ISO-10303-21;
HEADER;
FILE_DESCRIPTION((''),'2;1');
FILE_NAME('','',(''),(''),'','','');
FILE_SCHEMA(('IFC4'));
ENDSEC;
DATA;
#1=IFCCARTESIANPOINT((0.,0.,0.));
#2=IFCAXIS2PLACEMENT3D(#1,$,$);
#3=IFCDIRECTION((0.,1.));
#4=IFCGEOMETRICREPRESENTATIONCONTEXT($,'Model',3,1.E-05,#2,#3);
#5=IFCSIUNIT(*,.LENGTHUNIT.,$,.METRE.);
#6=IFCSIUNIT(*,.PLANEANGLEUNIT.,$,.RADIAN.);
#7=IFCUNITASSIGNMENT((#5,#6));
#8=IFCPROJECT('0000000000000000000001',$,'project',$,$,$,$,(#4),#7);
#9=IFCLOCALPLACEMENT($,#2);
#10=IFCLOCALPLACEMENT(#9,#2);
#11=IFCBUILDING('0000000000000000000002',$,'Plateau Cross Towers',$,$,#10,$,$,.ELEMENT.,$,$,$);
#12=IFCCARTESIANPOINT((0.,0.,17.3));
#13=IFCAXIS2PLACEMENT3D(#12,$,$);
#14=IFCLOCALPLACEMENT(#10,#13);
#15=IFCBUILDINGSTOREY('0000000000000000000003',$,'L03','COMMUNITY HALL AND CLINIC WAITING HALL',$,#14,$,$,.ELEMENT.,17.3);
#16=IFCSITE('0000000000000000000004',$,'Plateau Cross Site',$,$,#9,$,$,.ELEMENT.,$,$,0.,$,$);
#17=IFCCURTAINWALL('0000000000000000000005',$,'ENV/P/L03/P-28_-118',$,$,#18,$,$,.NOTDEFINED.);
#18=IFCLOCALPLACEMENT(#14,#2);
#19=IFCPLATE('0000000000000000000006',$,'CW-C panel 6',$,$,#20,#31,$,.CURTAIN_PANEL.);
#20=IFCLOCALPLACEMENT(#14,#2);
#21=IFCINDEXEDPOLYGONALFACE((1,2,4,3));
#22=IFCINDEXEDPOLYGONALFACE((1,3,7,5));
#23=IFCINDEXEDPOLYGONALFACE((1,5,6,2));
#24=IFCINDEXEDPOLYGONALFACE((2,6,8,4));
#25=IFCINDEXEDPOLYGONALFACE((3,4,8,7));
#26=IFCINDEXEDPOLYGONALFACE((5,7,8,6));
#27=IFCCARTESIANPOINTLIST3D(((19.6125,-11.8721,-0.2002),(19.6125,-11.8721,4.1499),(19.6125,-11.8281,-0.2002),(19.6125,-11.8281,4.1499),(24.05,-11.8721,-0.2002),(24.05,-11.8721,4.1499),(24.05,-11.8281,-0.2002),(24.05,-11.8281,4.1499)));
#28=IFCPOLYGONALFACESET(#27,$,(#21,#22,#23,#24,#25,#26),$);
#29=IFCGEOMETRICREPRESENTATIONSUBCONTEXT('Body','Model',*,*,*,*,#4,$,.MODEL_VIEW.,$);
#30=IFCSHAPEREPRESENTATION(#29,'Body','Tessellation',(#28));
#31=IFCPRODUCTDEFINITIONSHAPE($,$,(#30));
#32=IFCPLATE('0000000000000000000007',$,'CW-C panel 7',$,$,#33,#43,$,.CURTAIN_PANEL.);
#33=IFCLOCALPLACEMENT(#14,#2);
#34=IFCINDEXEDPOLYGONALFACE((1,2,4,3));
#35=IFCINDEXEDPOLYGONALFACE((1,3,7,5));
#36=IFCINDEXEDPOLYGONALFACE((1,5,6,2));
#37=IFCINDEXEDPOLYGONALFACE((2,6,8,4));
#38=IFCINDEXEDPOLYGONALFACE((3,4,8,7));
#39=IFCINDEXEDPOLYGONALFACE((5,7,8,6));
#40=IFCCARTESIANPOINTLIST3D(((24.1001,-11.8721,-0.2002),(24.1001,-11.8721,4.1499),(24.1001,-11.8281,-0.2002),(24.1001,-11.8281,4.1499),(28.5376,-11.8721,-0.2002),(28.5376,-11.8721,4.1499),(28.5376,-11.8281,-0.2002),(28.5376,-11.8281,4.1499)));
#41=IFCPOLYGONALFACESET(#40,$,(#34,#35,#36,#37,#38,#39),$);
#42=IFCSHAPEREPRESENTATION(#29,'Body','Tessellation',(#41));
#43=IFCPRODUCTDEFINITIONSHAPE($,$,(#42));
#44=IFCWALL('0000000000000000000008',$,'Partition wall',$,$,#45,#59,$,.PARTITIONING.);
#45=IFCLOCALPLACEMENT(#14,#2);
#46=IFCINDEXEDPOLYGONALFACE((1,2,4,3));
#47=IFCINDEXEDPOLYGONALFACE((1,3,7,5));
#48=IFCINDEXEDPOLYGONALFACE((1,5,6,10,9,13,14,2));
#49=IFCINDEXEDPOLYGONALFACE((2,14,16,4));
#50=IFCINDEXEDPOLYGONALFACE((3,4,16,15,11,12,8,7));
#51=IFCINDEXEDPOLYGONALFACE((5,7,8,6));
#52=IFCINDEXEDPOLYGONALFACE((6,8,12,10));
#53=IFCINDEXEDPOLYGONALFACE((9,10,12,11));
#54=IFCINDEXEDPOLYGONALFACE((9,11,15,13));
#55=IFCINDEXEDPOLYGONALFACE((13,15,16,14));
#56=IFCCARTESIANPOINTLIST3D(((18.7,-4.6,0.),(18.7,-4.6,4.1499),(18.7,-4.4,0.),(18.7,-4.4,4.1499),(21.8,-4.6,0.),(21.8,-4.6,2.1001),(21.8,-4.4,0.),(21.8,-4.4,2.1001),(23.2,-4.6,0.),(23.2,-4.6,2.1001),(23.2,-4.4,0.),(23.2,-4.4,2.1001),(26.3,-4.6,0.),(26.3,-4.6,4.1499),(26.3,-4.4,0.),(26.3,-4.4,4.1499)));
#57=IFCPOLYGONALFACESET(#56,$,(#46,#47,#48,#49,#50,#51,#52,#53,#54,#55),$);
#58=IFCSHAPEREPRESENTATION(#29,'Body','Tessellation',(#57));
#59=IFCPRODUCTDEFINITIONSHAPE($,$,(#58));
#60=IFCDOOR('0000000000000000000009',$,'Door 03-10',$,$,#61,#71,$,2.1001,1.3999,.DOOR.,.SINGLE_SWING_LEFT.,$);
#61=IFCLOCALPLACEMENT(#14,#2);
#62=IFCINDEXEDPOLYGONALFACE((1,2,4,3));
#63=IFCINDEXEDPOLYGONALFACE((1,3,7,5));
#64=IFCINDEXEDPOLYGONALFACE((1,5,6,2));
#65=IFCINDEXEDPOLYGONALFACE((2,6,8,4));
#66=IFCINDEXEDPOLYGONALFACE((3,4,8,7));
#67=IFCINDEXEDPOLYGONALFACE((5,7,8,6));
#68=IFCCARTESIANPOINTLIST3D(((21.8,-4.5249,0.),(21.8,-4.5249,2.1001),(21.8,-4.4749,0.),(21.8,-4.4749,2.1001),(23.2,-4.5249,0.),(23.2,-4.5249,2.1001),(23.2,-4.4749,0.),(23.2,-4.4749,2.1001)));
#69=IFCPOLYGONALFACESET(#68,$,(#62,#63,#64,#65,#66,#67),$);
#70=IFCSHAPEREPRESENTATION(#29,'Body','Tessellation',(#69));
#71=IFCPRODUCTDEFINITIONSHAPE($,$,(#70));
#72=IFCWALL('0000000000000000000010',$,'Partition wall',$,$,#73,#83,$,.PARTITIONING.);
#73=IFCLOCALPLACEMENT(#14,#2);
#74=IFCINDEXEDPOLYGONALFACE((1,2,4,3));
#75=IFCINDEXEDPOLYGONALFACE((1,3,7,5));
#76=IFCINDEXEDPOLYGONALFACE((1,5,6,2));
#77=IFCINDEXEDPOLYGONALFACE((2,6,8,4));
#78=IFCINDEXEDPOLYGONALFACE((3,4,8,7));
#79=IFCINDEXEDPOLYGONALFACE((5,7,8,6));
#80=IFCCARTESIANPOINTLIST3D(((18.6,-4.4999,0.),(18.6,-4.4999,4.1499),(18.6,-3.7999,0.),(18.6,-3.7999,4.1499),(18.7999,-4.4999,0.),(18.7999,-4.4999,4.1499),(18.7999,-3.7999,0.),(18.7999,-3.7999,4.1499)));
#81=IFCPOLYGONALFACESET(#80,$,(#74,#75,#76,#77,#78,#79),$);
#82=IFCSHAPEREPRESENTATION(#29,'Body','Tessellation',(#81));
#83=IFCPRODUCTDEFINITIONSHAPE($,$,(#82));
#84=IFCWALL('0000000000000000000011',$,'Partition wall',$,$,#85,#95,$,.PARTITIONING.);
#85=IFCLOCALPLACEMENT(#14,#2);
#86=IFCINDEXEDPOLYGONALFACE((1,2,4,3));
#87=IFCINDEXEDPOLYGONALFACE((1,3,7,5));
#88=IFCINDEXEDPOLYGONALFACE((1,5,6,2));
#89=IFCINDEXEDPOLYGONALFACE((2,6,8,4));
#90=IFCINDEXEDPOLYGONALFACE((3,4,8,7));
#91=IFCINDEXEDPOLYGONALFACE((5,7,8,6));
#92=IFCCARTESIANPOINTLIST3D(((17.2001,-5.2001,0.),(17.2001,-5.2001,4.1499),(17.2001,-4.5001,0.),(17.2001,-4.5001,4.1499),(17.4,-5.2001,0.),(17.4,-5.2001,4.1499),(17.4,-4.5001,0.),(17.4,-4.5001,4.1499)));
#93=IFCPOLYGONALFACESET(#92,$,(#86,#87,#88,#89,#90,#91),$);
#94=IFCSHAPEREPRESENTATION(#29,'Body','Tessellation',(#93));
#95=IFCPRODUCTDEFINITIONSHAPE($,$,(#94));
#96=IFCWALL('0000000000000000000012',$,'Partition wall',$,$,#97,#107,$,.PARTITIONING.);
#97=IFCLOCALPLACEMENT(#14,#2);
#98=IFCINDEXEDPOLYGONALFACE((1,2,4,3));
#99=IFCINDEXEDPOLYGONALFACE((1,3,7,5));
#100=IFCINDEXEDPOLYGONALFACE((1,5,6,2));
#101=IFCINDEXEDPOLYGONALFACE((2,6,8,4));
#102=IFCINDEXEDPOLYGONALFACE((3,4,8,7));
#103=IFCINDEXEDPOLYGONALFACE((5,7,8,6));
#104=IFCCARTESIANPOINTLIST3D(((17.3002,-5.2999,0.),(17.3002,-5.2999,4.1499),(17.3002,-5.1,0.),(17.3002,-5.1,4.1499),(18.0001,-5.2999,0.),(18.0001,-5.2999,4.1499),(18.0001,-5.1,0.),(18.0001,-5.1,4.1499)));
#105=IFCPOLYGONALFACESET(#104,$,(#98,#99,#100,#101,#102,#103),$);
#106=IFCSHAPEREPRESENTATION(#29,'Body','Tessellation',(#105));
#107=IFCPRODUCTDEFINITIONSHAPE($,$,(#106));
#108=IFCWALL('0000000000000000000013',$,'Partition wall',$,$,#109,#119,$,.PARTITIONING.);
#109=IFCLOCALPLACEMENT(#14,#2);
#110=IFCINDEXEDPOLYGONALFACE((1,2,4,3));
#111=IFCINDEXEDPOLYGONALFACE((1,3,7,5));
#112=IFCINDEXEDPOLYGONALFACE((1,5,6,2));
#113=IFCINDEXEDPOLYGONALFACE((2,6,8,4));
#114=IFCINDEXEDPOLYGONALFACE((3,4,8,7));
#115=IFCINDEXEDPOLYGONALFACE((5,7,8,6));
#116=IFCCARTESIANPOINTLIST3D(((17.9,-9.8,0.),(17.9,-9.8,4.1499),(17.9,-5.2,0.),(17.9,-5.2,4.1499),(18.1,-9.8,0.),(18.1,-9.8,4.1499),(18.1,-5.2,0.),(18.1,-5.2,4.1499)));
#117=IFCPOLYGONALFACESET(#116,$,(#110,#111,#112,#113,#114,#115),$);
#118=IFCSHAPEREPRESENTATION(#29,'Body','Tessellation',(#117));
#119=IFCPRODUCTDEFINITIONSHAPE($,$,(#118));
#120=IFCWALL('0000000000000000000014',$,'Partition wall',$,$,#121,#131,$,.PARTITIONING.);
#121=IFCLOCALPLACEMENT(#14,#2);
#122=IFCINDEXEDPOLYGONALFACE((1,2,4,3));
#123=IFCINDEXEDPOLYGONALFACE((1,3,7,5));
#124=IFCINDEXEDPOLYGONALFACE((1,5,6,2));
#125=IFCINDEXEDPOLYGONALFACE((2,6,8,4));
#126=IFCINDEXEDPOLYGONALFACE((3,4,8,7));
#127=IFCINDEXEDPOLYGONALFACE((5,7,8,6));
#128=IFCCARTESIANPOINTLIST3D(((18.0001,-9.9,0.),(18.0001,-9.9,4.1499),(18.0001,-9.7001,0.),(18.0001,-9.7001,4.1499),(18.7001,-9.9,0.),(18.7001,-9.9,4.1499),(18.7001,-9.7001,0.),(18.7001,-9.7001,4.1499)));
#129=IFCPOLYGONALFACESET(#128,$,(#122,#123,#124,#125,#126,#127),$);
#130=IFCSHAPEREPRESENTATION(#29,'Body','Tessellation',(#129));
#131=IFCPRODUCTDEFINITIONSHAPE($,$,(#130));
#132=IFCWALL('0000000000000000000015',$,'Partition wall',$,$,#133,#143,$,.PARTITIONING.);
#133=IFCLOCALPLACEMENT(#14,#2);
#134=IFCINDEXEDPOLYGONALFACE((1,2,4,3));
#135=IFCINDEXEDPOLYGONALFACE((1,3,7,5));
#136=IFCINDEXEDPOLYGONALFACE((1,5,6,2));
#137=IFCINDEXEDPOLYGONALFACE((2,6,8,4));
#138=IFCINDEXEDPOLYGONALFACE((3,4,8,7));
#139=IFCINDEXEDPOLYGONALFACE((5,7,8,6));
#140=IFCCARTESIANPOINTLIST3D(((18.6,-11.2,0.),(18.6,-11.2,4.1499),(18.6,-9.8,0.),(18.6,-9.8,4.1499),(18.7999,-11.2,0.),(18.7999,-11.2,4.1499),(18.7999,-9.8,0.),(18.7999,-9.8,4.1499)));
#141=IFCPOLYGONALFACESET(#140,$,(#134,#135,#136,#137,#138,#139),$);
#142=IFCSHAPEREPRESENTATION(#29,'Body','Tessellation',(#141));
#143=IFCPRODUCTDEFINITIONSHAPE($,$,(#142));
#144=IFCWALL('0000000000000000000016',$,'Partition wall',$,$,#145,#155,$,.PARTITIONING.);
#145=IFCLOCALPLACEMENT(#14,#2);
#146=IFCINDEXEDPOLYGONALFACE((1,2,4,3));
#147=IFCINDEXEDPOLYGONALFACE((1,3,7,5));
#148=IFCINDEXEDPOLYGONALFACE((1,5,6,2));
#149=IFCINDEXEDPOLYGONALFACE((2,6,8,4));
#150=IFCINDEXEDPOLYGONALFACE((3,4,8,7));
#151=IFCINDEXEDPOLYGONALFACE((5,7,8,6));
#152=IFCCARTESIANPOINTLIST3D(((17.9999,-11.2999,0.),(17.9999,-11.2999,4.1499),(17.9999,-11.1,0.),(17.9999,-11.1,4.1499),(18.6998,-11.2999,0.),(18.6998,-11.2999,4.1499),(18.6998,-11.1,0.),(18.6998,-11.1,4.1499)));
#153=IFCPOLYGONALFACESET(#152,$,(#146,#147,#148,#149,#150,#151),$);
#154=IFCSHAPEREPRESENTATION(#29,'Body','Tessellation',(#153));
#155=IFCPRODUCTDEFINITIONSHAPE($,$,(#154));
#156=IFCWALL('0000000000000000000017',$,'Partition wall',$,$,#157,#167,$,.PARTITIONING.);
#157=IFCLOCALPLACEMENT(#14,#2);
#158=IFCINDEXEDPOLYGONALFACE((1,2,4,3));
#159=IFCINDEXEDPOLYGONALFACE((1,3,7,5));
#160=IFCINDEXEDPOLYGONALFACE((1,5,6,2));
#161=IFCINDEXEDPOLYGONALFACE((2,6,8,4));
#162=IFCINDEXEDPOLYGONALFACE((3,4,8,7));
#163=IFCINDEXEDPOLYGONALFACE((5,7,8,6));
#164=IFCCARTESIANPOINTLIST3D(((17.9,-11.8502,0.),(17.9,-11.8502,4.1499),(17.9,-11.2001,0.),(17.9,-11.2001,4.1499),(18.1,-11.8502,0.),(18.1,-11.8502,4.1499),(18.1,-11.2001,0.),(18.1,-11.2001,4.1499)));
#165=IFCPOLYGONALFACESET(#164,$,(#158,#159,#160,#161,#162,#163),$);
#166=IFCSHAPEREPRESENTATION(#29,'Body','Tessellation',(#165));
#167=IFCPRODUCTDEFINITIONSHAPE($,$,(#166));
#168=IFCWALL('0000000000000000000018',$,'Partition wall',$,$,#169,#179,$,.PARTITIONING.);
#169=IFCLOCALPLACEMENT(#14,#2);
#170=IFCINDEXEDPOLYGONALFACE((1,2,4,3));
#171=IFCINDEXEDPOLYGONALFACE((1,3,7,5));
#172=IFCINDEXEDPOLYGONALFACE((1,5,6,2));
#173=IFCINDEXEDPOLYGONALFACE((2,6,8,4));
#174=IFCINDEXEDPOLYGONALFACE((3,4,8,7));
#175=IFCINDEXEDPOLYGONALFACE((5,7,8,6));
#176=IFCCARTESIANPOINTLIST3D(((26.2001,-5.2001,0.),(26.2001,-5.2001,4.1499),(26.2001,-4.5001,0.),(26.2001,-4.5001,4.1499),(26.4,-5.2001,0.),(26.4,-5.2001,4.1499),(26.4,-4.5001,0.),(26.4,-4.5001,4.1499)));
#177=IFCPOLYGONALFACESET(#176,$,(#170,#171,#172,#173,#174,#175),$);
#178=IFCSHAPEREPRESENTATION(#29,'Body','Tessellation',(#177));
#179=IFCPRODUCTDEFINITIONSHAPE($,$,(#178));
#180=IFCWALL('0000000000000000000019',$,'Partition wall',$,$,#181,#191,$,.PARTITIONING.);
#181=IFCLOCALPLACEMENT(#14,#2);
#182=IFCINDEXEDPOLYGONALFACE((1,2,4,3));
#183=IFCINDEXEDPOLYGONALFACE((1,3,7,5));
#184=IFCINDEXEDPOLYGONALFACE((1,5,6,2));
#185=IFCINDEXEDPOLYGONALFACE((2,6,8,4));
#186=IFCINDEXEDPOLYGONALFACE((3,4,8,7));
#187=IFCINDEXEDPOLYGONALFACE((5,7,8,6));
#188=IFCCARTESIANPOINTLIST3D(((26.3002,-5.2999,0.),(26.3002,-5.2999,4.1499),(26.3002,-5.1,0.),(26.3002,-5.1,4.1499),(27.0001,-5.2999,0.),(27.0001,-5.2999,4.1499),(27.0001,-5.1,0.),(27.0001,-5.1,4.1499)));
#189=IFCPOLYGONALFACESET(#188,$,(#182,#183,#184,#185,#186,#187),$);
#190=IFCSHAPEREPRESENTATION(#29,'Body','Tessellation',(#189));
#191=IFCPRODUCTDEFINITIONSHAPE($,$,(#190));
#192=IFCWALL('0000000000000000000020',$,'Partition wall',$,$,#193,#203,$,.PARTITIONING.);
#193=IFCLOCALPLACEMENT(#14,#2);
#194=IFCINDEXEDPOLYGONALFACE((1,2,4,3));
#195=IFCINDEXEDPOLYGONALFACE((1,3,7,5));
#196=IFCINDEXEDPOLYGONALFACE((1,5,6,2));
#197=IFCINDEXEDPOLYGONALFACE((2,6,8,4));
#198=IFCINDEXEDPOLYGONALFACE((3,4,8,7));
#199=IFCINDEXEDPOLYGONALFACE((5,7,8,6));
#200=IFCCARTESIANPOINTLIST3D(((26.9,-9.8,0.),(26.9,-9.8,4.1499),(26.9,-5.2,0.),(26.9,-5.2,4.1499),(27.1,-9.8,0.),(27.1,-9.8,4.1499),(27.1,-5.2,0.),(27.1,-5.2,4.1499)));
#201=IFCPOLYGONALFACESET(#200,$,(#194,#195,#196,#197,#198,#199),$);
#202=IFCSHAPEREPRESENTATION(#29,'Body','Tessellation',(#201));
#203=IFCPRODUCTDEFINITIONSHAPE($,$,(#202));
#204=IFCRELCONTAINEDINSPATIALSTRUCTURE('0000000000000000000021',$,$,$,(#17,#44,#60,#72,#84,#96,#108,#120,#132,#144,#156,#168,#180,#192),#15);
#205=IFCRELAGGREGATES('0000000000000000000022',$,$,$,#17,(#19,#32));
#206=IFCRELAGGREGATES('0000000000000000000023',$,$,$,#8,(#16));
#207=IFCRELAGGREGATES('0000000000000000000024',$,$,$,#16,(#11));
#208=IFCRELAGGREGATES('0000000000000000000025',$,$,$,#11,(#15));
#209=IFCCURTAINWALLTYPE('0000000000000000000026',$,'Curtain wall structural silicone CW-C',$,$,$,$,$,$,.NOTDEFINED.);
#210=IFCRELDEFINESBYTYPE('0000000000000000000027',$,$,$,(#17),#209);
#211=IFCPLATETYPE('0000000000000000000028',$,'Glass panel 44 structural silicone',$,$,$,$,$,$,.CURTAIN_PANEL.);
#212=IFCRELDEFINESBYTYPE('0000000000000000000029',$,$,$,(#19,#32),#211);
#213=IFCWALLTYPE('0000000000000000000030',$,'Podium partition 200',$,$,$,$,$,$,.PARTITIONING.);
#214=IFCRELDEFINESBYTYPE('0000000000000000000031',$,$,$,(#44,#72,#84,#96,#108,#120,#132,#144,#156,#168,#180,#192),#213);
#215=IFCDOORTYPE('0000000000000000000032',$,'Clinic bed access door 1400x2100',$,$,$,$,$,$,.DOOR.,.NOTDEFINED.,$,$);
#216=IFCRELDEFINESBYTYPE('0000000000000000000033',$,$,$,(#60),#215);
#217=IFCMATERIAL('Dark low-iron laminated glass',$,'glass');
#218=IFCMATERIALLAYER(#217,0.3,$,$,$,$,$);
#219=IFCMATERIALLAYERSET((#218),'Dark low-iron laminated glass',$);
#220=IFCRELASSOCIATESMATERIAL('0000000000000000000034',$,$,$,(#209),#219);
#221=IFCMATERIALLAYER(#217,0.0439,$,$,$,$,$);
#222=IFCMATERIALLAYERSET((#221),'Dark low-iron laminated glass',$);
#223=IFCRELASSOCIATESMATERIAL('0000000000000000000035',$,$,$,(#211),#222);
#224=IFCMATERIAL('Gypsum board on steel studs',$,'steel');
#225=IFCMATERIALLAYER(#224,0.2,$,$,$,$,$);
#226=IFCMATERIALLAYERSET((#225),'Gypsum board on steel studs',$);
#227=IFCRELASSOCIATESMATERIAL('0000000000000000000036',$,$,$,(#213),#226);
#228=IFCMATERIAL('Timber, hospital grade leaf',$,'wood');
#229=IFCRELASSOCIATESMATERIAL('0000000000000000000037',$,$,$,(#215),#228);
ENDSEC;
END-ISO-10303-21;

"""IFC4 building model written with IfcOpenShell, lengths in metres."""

from ifc_helpers import new_model, si_unit, direction, frame, frame_2d, origin, origin_2d, place, context, subcontext, project, spatial, rectangle, extrude, material, layer, layer_set, type_object, element, fill, aggregate, save


model = new_model("IFC4")

# Units and contexts
model_context = context("Model", 3, precision=1e-05, world=origin(), true_north=direction((0.0, 1.0)))
body_context = subcontext(model_context, "Body", "Model", "MODEL_VIEW")
ifc_project = project(units=[si_unit("LENGTHUNIT", "METRE"), si_unit("PLANEANGLEUNIT", "RADIAN")], contexts=[model_context])

# Site, building, storey
site_placement = place(None, origin())
site = spatial("IfcSite", under=ifc_project, at=site_placement, Name="Plateau Cross Site", CompositionType="ELEMENT", RefElevation=0.0)
building_placement = place(site_placement, origin())
building = spatial("IfcBuilding", under=site, at=building_placement, Name="Plateau Cross Towers", CompositionType="ELEMENT")
storey_placement = place(building_placement, frame((0.0, 0.0, 17.3)))
storey = spatial("IfcBuildingStorey", under=building, at=storey_placement, Name="L03", Description="COMMUNITY HALL AND CLINIC WAITING HALL", CompositionType="ELEMENT", Elevation=17.3)

# Curtain wall
ifc_material_1 = material(Name="Dark low-iron laminated glass", Category="glass")
ifc_layer_1 = layer(ifc_material_1, 0.3)
ifc_layer_set_1 = layer_set([ifc_layer_1], Name="Dark low-iron laminated glass")
curtain_wall_type = type_object("IfcCurtainWallType", Name="Curtain wall structural silicone CW-C", PredefinedType="NOTDEFINED", material=ifc_layer_set_1)
curtain_wall_placement = place(storey_placement, origin())
curtain_wall = element("IfcCurtainWall", 1, at=curtain_wall_placement, inside=storey, type_object=curtain_wall_type, Name="ENV/P/L03/P-28_-118", PredefinedType="NOTDEFINED")

# Plates
ifc_layer_2 = layer(ifc_material_1, 0.0439)
ifc_layer_set_2 = layer_set([ifc_layer_2], Name="Dark low-iron laminated glass")
plate_type = type_object("IfcPlateType", Name="Glass panel 44 structural silicone", PredefinedType="CURTAIN_PANEL", material=ifc_layer_set_2)
plate_1_placement = place(storey_placement, frame((21.8313, -11.8501, -0.2002), z_axis=(0.0, 0.0, 1.0), x_axis=(1.0, 0.0, 0.0)))
plate_1 = element("IfcPlate", 2, at=plate_1_placement, type_object=plate_type, Name="CW-C panel 6", PredefinedType="CURTAIN_PANEL", context=body_context, shape_type="SweptSolid", body=[
    extrude(rectangle(XDim=4.4375, YDim=0.0439, at=origin_2d()), origin(), (0.0, 0.0, 1.0), 4.3501),
])
plate_2_placement = place(storey_placement, frame((26.3188, -11.8501, -0.2002), z_axis=(0.0, 0.0, 1.0), x_axis=(1.0, 0.0, 0.0)))
plate_2 = element("IfcPlate", 3, at=plate_2_placement, type_object=plate_type, Name="CW-C panel 7", PredefinedType="CURTAIN_PANEL", context=body_context, shape_type="SweptSolid", body=[
    extrude(rectangle(XDim=4.4375, YDim=0.0439, at=origin_2d()), origin(), (0.0, 0.0, 1.0), 4.3501),
])
aggregate(curtain_wall, [plate_1, plate_2])

# Wall, opening, door
ifc_material_2 = material(Name="Gypsum board on steel studs", Category="steel")
ifc_layer_3 = layer(ifc_material_2, 0.2)
ifc_layer_set_3 = layer_set([ifc_layer_3], Name="Gypsum board on steel studs")
wall_type = type_object("IfcWallType", Name="Podium partition 200", PredefinedType="PARTITIONING", material=ifc_layer_set_3)
wall_1_placement = place(storey_placement, frame((26.3, -4.5, 0.0), z_axis=(0.0, 0.0, 1.0), x_axis=(-1.0, 0.0, 0.0)))
wall_1 = element("IfcWall", 4, at=wall_1_placement, inside=storey, type_object=wall_type, Name="Partition wall", PredefinedType="PARTITIONING", context=body_context, shape_type="SweptSolid", body=[
    extrude(rectangle(XDim=7.6001, YDim=0.2, at=frame_2d((3.8, 0.0))), origin(), (0.0, 0.0, 1.0), 4.1499),
])
opening_1_placement = place(wall_1_placement, frame((3.1001, 0.0, 0.0)))
opening_1 = element("IfcOpeningElement", 5, at=opening_1_placement, cuts=wall_1, PredefinedType="OPENING", context=body_context, shape_type="SweptSolid", body=[
    extrude(rectangle(XDim=1.3999, YDim=2.1001, at=frame_2d((0.7, 1.05))), frame((0.0, 0.1099, 0.0), z_axis=(0.0, -1.0, 0.0), x_axis=(1.0, 0.0, 0.0)), (0.0, 0.0, 1.0), 0.22),
])
ifc_material_3 = material(Name="Timber, hospital grade leaf", Category="wood")
door_type = type_object("IfcDoorType", Name="Clinic bed access door 1400x2100", OperationType="NOTDEFINED", PredefinedType="DOOR", material=ifc_material_3)
door_1_placement = place(opening_1_placement, origin())
door_1 = element("IfcDoor", 6, at=door_1_placement, inside=storey, type_object=door_type, Name="Door 03-10", OperationType="SINGLE_SWING_LEFT", OverallHeight=2.1001, OverallWidth=1.3999, PredefinedType="DOOR", context=body_context, shape_type="SweptSolid", body=[
    extrude(rectangle(XDim=1.3999, YDim=2.1001, at=frame_2d((0.7, 1.05))), frame((0.0, 0.0249, 0.0), z_axis=(0.0, -1.0, 0.0), x_axis=(1.0, 0.0, 0.0)), (0.0, 0.0, 1.0), 0.05),
])
fill(opening_1, door_1)

# Walls
for number, where, z_axis, x_axis, name in (
    (7, (18.7, -4.5, 0.0), (0.0, 0.0, 1.0), (0.0, 1.0, 0.0), "Partition wall"),
    (8, (17.3, -4.5, 0.0), (0.0, 0.0, 1.0), (0.0, -1.0, 0.0), "Partition wall"),
    (9, (17.3, -5.2, 0.0), (0.0, 0.0, 1.0), (1.0, 0.0, 0.0), "Partition wall"),
):
    element("IfcWall", number, at=place(storey_placement, frame(where, z_axis=z_axis, x_axis=x_axis)), inside=storey, type_object=wall_type, Name=name, PredefinedType="PARTITIONING", context=body_context, shape_type="SweptSolid", body=[
        extrude(rectangle(XDim=0.7, YDim=0.2, at=frame_2d((0.3501, 0.0))), origin(), (0.0, 0.0, 1.0), 4.1499),
    ])
wall_2_placement = place(storey_placement, frame((18.0, -5.2, 0.0), z_axis=(0.0, 0.0, 1.0), x_axis=(0.0, -1.0, 0.0)))
element("IfcWall", 10, at=wall_2_placement, inside=storey, type_object=wall_type, Name="Partition wall", PredefinedType="PARTITIONING", context=body_context, shape_type="SweptSolid", body=[
    extrude(rectangle(XDim=4.6001, YDim=0.2, at=frame_2d((2.3, 0.0))), origin(), (0.0, 0.0, 1.0), 4.1499),
])
wall_3_placement = place(storey_placement, frame((18.0, -9.8, 0.0), z_axis=(0.0, 0.0, 1.0), x_axis=(1.0, 0.0, 0.0)))
element("IfcWall", 11, at=wall_3_placement, inside=storey, type_object=wall_type, Name="Partition wall", PredefinedType="PARTITIONING", context=body_context, shape_type="SweptSolid", body=[
    extrude(rectangle(XDim=0.7, YDim=0.2, at=frame_2d((0.3501, 0.0))), origin(), (0.0, 0.0, 1.0), 4.1499),
])
wall_4_placement = place(storey_placement, frame((18.7, -9.8, 0.0), z_axis=(0.0, 0.0, 1.0), x_axis=(0.0, -1.0, 0.0)))
element("IfcWall", 12, at=wall_4_placement, inside=storey, type_object=wall_type, Name="Partition wall", PredefinedType="PARTITIONING", context=body_context, shape_type="SweptSolid", body=[
    extrude(rectangle(XDim=1.3999, YDim=0.2, at=frame_2d((0.7, 0.0))), origin(), (0.0, 0.0, 1.0), 4.1499),
])
wall_5_placement = place(storey_placement, frame((18.7, -11.2, 0.0), z_axis=(0.0, 0.0, 1.0), x_axis=(-1.0, 0.0, 0.0)))
element("IfcWall", 13, at=wall_5_placement, inside=storey, type_object=wall_type, Name="Partition wall", PredefinedType="PARTITIONING", context=body_context, shape_type="SweptSolid", body=[
    extrude(rectangle(XDim=0.7, YDim=0.2, at=frame_2d((0.3501, 0.0))), origin(), (0.0, 0.0, 1.0), 4.1499),
])
wall_6_placement = place(storey_placement, frame((18.0, -11.2, 0.0), z_axis=(0.0, 0.0, 1.0), x_axis=(0.0, -1.0, 0.0)))
element("IfcWall", 14, at=wall_6_placement, inside=storey, type_object=wall_type, Name="Partition wall", PredefinedType="PARTITIONING", context=body_context, shape_type="SweptSolid", body=[
    extrude(rectangle(XDim=0.6501, YDim=0.2, at=frame_2d((0.3252, 0.0))), origin(), (0.0, 0.0, 1.0), 4.1499),
])
for number, where, z_axis, x_axis, name in (
    (15, (26.3, -4.5, 0.0), (0.0, 0.0, 1.0), (0.0, -1.0, 0.0), "Partition wall"),
    (16, (26.3, -5.2, 0.0), (0.0, 0.0, 1.0), (1.0, 0.0, 0.0), "Partition wall"),
):
    element("IfcWall", number, at=place(storey_placement, frame(where, z_axis=z_axis, x_axis=x_axis)), inside=storey, type_object=wall_type, Name=name, PredefinedType="PARTITIONING", context=body_context, shape_type="SweptSolid", body=[
        extrude(rectangle(XDim=0.7, YDim=0.2, at=frame_2d((0.3501, 0.0))), origin(), (0.0, 0.0, 1.0), 4.1499),
    ])
wall_7_placement = place(storey_placement, frame((27.0, -5.2, 0.0), z_axis=(0.0, 0.0, 1.0), x_axis=(0.0, -1.0, 0.0)))
element("IfcWall", 17, at=wall_7_placement, inside=storey, type_object=wall_type, Name="Partition wall", PredefinedType="PARTITIONING", context=body_context, shape_type="SweptSolid", body=[
    extrude(rectangle(XDim=4.6001, YDim=0.2, at=frame_2d((2.3, 0.0))), origin(), (0.0, 0.0, 1.0), 4.1499),
])

save(model, "model.ifc")
